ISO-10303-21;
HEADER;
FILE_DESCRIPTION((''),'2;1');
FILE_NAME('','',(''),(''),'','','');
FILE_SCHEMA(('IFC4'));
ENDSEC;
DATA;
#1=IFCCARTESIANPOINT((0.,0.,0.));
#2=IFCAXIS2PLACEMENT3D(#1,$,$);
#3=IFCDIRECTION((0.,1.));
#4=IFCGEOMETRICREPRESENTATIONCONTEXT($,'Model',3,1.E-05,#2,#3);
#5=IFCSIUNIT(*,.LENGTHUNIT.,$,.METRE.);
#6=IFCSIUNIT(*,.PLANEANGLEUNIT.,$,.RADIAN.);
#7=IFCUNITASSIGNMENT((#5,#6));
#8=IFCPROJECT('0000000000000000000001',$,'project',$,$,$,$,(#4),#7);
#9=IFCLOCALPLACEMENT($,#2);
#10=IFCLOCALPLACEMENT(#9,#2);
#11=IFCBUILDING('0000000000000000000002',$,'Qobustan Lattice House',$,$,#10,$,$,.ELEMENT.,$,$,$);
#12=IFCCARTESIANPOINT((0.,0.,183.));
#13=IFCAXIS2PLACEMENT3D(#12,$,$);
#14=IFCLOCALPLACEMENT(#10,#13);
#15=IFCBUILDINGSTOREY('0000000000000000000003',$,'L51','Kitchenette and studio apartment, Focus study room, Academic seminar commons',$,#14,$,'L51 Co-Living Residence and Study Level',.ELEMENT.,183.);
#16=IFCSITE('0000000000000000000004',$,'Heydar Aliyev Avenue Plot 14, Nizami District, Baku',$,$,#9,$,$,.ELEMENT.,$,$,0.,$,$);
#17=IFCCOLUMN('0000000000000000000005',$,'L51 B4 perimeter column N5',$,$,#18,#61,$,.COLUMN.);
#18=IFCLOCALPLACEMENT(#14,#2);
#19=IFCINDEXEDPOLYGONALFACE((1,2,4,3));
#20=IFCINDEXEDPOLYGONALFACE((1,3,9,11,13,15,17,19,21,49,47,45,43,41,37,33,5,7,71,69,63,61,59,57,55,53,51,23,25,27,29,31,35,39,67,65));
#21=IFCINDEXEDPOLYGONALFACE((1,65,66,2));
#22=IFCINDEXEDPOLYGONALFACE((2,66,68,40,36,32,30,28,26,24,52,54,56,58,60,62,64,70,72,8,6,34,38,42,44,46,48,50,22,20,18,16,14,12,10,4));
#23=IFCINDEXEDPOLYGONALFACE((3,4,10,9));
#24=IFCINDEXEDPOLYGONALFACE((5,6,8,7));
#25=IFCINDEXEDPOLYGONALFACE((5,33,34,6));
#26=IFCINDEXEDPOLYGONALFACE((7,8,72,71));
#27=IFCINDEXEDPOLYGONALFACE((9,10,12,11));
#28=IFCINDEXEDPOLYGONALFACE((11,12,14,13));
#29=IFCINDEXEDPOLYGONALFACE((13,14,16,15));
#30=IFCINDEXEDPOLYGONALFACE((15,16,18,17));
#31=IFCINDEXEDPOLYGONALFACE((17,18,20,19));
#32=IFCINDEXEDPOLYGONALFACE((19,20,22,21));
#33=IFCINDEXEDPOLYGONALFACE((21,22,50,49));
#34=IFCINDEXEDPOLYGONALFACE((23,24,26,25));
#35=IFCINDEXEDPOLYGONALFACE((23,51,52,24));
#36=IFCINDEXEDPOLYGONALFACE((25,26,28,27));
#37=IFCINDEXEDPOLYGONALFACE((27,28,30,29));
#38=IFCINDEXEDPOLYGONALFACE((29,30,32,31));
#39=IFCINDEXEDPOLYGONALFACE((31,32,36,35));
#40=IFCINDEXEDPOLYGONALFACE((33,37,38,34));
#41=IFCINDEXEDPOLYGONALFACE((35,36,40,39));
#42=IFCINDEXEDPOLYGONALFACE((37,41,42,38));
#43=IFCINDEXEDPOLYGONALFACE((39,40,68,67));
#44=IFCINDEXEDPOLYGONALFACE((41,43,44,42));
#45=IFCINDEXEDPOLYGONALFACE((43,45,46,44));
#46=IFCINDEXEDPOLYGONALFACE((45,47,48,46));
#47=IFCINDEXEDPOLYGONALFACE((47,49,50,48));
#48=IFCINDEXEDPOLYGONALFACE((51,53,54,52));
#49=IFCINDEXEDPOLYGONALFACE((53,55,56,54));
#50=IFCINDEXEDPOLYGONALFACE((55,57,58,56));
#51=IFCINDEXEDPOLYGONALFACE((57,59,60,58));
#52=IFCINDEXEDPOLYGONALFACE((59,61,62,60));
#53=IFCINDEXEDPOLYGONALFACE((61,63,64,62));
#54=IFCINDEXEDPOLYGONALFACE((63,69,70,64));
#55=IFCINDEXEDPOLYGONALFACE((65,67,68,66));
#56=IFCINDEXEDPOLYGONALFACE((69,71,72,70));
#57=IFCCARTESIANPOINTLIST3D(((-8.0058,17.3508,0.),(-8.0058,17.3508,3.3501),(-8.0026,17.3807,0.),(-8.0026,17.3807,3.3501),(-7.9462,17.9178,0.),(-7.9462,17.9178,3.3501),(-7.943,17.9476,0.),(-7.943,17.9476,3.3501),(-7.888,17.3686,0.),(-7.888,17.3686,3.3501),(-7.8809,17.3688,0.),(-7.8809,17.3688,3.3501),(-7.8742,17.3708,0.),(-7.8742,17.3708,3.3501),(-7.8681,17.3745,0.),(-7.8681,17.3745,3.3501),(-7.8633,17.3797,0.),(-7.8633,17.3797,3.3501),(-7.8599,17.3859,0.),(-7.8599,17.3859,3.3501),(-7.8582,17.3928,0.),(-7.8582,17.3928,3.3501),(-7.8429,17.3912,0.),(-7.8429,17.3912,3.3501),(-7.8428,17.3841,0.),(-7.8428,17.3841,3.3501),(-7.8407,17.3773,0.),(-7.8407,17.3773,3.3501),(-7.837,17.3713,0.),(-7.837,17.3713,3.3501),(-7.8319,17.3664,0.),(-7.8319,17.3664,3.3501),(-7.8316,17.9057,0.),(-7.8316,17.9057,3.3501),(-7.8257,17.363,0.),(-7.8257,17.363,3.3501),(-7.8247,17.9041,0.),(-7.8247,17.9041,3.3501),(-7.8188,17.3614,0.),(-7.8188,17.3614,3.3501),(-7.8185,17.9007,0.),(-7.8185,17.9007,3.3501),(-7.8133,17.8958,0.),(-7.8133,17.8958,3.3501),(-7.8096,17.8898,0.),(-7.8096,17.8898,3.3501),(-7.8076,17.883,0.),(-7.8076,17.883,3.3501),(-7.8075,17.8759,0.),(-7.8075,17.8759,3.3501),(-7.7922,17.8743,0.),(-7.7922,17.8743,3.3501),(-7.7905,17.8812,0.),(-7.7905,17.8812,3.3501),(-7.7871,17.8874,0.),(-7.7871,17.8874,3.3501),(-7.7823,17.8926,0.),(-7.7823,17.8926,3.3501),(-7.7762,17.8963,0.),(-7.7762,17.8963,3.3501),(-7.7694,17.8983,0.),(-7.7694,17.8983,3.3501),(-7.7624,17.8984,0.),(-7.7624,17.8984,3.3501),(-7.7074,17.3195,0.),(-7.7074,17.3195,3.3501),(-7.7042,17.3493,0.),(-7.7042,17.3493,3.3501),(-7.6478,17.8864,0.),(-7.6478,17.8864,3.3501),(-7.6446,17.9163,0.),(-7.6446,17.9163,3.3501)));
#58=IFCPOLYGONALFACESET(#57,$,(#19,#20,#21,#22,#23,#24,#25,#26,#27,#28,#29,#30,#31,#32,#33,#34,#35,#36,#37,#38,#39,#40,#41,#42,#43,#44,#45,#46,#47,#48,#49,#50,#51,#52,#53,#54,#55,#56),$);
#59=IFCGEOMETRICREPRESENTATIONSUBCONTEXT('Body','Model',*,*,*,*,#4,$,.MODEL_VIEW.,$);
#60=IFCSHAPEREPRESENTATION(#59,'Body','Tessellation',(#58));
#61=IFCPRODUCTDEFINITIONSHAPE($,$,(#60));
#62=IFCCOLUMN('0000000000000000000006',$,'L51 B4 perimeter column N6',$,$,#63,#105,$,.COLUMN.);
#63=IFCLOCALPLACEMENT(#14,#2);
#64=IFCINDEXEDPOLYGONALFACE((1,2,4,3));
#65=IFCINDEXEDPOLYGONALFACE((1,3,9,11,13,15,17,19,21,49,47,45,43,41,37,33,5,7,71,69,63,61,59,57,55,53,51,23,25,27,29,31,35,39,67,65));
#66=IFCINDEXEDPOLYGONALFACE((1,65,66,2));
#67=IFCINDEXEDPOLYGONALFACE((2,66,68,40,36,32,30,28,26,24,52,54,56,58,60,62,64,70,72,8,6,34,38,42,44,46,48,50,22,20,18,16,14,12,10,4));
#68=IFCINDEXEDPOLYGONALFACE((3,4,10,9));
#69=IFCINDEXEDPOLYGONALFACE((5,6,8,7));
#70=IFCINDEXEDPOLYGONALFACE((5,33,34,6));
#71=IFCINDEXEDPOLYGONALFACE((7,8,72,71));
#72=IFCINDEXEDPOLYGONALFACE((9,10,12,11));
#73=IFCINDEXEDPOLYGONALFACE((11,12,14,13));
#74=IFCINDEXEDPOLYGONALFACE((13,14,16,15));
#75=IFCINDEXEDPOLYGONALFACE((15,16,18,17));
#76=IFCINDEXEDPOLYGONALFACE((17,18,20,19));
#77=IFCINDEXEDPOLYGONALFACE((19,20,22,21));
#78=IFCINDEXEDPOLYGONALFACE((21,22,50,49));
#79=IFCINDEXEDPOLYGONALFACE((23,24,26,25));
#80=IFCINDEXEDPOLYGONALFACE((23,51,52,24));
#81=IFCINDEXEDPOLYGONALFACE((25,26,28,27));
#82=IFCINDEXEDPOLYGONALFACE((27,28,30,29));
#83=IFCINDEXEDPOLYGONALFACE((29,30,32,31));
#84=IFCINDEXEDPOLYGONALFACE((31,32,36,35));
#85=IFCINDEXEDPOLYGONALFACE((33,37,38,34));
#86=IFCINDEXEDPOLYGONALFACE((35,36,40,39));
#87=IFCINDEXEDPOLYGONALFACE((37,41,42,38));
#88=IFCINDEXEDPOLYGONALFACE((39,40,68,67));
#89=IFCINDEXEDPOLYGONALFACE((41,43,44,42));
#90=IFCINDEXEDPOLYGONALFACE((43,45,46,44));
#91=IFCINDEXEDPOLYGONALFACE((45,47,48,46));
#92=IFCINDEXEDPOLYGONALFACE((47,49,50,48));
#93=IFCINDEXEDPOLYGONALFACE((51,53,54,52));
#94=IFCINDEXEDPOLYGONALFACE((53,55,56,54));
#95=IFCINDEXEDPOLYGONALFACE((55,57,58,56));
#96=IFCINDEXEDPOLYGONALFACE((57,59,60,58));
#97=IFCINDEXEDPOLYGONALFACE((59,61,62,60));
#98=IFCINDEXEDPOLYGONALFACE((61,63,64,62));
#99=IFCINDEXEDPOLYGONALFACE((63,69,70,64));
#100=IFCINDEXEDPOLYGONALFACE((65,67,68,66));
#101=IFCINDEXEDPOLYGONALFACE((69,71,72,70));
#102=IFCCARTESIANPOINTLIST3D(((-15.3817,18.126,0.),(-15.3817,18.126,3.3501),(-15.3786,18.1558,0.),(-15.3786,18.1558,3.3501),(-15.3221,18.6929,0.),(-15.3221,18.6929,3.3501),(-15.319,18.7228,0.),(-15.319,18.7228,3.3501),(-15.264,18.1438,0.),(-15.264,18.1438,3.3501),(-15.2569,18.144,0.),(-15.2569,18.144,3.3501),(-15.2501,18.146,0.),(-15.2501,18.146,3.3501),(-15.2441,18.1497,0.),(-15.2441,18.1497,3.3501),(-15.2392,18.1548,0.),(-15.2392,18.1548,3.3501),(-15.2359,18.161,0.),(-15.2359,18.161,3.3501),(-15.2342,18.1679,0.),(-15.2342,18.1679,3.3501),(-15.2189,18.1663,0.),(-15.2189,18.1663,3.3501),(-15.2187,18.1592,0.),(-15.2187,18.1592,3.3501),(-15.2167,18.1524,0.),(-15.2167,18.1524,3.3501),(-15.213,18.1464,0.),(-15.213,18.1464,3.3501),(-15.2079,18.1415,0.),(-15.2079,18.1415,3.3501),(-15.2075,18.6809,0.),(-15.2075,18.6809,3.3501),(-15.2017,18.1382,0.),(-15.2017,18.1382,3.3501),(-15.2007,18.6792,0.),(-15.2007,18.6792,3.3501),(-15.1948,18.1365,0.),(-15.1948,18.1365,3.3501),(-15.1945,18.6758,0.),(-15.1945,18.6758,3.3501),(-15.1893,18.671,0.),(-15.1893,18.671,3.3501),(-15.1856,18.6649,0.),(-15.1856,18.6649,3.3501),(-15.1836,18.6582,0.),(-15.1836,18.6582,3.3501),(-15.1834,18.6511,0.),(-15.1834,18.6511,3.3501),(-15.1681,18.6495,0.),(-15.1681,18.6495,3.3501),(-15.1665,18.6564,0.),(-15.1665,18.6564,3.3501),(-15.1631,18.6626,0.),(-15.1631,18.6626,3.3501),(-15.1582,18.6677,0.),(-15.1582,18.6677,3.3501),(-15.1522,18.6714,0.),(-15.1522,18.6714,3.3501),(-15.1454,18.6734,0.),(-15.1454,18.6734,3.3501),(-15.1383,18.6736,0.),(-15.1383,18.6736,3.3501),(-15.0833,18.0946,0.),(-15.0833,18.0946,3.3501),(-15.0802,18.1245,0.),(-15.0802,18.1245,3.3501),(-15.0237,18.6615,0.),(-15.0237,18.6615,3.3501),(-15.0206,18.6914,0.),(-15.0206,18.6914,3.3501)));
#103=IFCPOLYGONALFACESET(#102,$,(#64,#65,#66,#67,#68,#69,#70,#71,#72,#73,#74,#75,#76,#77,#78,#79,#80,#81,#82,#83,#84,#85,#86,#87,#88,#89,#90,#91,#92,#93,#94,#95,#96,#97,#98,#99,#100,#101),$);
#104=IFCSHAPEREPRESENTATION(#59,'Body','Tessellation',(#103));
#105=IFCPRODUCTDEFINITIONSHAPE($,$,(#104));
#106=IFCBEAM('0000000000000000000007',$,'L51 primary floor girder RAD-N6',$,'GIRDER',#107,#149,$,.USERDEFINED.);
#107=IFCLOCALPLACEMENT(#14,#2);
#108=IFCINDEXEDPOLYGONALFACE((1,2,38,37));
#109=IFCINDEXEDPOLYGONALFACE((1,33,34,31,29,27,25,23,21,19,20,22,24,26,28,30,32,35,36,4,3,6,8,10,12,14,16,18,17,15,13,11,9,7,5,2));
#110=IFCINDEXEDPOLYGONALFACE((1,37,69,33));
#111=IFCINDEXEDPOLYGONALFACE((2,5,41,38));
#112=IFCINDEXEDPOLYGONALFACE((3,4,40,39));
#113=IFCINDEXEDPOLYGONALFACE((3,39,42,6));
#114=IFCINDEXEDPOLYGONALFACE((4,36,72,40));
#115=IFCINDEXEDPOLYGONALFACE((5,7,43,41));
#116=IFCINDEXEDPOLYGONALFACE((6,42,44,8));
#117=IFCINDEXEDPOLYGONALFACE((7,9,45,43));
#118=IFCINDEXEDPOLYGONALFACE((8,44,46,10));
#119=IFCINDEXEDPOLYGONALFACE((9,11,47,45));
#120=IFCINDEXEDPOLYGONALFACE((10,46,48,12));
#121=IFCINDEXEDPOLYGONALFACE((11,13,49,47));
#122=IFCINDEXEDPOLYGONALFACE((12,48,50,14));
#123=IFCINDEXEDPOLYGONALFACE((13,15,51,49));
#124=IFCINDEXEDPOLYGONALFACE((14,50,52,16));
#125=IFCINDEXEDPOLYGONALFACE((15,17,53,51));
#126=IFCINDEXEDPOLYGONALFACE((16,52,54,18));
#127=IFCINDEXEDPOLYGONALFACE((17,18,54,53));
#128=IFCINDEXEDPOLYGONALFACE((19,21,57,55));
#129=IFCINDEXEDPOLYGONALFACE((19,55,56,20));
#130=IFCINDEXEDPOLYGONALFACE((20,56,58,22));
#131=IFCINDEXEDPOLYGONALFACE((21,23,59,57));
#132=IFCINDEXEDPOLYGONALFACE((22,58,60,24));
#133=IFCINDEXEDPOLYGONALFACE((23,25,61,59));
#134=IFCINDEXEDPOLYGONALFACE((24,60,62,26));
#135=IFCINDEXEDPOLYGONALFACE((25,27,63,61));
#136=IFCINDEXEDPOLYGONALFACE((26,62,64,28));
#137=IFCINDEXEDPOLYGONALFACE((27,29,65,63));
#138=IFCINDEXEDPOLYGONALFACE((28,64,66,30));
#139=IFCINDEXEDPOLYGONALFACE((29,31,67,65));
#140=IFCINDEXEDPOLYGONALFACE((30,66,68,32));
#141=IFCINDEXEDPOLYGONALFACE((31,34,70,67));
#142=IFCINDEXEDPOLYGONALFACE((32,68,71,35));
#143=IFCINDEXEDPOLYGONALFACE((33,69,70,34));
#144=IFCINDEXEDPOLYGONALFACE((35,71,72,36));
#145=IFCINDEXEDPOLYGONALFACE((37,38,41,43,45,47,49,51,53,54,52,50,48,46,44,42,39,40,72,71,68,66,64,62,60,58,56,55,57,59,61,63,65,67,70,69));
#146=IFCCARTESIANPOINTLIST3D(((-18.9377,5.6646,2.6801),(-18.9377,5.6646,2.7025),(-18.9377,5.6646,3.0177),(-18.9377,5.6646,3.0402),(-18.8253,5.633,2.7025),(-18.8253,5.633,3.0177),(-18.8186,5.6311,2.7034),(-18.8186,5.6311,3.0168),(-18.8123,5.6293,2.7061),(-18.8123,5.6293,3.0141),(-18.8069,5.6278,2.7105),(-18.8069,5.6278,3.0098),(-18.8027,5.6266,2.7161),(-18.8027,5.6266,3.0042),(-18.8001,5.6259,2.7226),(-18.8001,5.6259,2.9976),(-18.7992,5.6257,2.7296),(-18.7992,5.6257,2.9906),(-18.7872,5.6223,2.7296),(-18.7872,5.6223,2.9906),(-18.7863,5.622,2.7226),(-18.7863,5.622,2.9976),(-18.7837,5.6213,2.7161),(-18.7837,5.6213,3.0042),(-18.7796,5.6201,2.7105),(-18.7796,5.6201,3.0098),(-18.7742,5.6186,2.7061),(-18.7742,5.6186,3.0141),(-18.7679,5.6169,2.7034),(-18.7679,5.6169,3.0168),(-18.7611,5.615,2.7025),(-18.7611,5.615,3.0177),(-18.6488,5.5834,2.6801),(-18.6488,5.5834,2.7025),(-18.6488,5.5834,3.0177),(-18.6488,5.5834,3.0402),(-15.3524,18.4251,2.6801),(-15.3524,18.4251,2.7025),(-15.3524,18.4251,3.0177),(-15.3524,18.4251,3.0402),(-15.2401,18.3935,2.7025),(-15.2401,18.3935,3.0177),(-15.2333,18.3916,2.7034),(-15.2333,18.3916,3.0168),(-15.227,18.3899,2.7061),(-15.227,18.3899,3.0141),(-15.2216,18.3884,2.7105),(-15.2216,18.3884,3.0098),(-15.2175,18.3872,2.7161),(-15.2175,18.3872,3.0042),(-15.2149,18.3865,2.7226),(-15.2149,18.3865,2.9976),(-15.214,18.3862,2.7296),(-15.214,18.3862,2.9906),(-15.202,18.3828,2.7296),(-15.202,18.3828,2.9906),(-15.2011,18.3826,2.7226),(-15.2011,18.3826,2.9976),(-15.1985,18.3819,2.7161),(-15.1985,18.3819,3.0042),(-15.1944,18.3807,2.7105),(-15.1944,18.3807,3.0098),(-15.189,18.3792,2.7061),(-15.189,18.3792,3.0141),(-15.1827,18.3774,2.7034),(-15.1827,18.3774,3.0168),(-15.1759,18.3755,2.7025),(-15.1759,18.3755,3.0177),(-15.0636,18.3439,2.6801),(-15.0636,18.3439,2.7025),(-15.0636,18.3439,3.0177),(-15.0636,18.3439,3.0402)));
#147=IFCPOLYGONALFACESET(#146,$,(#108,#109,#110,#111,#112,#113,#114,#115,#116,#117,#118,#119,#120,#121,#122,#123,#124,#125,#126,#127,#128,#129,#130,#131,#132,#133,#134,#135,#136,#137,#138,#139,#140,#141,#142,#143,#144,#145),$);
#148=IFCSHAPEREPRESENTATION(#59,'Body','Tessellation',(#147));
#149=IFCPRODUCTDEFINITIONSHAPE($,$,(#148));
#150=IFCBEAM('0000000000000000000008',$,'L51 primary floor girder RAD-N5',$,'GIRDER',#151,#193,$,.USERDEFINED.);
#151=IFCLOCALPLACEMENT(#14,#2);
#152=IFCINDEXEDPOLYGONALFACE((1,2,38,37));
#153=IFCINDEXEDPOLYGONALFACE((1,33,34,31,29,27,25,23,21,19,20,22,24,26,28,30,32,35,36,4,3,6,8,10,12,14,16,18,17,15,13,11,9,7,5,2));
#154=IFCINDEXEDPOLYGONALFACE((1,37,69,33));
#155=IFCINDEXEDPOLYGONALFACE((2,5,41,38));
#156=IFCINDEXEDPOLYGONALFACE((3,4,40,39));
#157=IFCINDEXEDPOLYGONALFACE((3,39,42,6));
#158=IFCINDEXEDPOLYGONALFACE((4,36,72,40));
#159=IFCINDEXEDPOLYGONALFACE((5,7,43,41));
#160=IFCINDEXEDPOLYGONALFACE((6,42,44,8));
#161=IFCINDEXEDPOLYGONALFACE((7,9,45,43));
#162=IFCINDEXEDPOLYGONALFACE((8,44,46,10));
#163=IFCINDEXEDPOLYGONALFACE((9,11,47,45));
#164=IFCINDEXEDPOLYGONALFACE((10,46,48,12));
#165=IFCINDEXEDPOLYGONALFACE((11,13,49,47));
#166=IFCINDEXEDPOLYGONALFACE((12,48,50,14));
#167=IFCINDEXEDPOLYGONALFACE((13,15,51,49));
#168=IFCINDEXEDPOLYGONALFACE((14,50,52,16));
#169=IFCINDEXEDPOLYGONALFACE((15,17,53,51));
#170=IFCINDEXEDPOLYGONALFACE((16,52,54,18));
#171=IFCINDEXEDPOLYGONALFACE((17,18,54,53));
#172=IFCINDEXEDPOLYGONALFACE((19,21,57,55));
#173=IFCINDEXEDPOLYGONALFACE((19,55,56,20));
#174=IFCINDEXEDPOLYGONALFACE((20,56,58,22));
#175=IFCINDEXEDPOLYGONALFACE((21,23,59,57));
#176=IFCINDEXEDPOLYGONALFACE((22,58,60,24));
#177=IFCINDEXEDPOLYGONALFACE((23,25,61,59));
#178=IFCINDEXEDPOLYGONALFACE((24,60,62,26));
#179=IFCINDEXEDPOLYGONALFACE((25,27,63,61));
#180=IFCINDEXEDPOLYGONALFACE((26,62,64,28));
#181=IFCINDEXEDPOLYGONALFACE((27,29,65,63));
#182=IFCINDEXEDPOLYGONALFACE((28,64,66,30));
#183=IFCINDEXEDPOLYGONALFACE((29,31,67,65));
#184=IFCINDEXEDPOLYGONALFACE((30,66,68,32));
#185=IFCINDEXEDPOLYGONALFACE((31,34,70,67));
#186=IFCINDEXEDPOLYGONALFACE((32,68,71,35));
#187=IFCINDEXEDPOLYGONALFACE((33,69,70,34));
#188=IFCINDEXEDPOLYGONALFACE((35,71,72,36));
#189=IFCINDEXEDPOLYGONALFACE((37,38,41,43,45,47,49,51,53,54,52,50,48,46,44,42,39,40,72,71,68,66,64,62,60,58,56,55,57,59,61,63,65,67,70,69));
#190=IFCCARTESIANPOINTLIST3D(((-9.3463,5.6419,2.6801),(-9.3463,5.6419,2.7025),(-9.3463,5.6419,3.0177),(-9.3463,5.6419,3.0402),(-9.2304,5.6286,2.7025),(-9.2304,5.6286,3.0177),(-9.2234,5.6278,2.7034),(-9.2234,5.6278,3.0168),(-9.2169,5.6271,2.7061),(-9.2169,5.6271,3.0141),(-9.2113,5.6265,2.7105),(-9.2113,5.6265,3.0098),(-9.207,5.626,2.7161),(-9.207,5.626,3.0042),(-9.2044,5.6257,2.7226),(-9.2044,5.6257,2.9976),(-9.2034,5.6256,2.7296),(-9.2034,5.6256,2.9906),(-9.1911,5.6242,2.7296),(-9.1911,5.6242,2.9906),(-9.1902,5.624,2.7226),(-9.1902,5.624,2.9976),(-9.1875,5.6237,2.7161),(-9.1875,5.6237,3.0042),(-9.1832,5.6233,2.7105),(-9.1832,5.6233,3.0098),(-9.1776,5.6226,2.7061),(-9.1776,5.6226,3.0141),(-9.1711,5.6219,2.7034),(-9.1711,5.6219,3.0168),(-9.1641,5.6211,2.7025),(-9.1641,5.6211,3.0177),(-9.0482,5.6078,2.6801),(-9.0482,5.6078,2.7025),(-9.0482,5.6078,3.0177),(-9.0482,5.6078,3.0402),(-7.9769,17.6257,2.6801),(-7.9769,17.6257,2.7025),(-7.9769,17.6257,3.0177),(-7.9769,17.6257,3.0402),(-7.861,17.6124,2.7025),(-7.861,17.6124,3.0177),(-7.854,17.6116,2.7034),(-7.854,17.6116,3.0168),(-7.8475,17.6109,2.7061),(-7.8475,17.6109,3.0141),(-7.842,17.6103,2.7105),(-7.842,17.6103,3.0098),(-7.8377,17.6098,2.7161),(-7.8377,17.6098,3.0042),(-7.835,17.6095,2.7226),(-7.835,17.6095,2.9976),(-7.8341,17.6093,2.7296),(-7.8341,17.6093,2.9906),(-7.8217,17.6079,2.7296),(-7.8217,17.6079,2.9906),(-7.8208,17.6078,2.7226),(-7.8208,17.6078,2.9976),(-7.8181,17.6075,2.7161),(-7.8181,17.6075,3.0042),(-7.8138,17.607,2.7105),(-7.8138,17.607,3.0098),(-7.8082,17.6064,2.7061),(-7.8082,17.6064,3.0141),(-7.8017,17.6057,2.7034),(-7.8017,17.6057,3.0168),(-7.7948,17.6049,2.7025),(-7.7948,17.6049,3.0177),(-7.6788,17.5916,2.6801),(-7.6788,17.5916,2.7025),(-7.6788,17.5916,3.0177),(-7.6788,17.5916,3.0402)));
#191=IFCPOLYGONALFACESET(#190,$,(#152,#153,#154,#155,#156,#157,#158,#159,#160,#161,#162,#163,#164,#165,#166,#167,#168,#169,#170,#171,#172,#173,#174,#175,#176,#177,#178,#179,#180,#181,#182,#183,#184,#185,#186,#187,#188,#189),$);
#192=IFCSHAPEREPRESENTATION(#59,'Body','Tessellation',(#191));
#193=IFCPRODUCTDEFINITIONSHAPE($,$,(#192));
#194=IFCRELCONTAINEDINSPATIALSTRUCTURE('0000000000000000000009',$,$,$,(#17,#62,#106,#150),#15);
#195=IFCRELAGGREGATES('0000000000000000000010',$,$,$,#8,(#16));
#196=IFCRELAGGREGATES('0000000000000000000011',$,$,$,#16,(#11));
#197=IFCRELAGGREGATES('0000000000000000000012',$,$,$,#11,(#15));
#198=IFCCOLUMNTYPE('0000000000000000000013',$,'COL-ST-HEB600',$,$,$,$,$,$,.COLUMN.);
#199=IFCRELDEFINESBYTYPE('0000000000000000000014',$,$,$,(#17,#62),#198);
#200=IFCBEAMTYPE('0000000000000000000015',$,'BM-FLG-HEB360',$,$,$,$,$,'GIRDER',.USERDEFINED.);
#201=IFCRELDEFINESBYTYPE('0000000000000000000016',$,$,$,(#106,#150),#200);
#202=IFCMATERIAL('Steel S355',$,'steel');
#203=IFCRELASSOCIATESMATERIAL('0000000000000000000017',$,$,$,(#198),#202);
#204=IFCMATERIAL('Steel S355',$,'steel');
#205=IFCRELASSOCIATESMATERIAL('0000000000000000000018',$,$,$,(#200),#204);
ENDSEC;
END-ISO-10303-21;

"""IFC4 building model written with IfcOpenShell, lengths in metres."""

from ifc_helpers import new_model, si_unit, direction, frame, origin, origin_2d, place, context, subcontext, project, spatial, i_section, extrude, material, material_profile, profile_set, type_object, element, save


model = new_model("IFC4")

# Units and contexts
model_context = context("Model", 3, precision=1e-05, world=origin(), true_north=direction((0.0, 1.0)))
body_context = subcontext(model_context, "Body", "Model", "MODEL_VIEW")
ifc_project = project(units=[si_unit("LENGTHUNIT", "METRE"), si_unit("PLANEANGLEUNIT", "RADIAN")], contexts=[model_context])

# Site, building, storey
site_placement = place(None, origin())
site = spatial("IfcSite", under=ifc_project, at=site_placement, Name="Heydar Aliyev Avenue Plot 14, Nizami District, Baku", CompositionType="ELEMENT", RefElevation=0.0)
building_placement = place(site_placement, origin())
building = spatial("IfcBuilding", under=site, at=building_placement, Name="Qobustan Lattice House", CompositionType="ELEMENT")
storey_placement = place(building_placement, frame((0.0, 0.0, 183.0)))
storey = spatial("IfcBuildingStorey", under=building, at=storey_placement, Name="L51", Description="Kitchenette and studio apartment, Focus study room, Academic seminar commons", LongName="L51 Co-Living Residence and Study Level", CompositionType="ELEMENT", Elevation=183.0)

# Columns
ifc_material_1 = material(Name="Steel S355", Category="steel")
ifc_material_profile_1 = material_profile(ifc_material_1, i_section(OverallWidth=0.3, OverallDepth=0.6001, WebThickness=0.0154, FlangeThickness=0.03, FilletRadius=0.0271, at=origin_2d()), Name="HEB600")
ifc_profile_set_1 = profile_set([ifc_material_profile_1], Name="Steel S355")
column_type = type_object("IfcColumnType", Name="COL-ST-HEB600", PredefinedType="COLUMN", material=ifc_profile_set_1)
for number, where, z_axis, x_axis, name in (
    (1, (-7.8252, 17.6335, 0.0), (0.0, 0.0, 1.0), (0.994522, -0.104528, 0.0), "L51 B4 perimeter column N5"),
    (2, (-15.2012, 18.4087, 0.0), (0.0, 0.0, 1.0), (0.994522, -0.104528, 0.0), "L51 B4 perimeter column N6"),
):
    element("IfcColumn", number, at=place(storey_placement, frame(where, z_axis=z_axis, x_axis=x_axis)), inside=storey, type_object=column_type, Name=name, PredefinedType="COLUMN", context=body_context, shape_type="SweptSolid", body=[
        extrude(i_section(OverallWidth=0.3, OverallDepth=0.6001, WebThickness=0.0154, FlangeThickness=0.03, FilletRadius=0.0271, at=origin_2d()), origin(), (0.0, 0.0, 1.0), 3.3501),
    ])

# Beams
ifc_material_2 = material(Name="Steel S355", Category="steel")
ifc_material_profile_2 = material_profile(ifc_material_2, i_section(OverallWidth=0.3, OverallDepth=0.3601, WebThickness=0.0125, FlangeThickness=0.0225, FilletRadius=0.0271, at=origin_2d()), Name="HEB360")
ifc_profile_set_2 = profile_set([ifc_material_profile_2], Name="Steel S355")
beam_type_1 = type_object("IfcBeamType", Name="BM-FLG-HEB360", ElementType="GIRDER", PredefinedType="USERDEFINED", material=ifc_profile_set_2)
beam_1_placement = place(storey_placement, frame((-15.208, 18.3845, 2.8601), z_axis=(-0.270488, -0.962723, 0.0), x_axis=(0.962723, -0.270488, 0.0)))
element("IfcBeam", 3, at=beam_1_placement, inside=storey, type_object=beam_type_1, Name="L51 primary floor girder RAD-N6", ObjectType="GIRDER", PredefinedType="USERDEFINED", context=body_context, shape_type="SweptSolid", body=[
    extrude(i_section(OverallWidth=0.3, OverallDepth=0.3601, WebThickness=0.0125, FlangeThickness=0.0225, FilletRadius=0.0271, at=origin_2d()), origin(), (0.0, 0.0, 1.0), 13.2546),
])
beam_2_placement = place(storey_placement, frame((-7.8279, 17.6086, 2.8601), z_axis=(-0.11353, -0.993535, 0.0), x_axis=(0.993535, -0.11353, 0.0)))
element("IfcBeam", 4, at=beam_2_placement, inside=storey, type_object=beam_type_1, Name="L51 primary floor girder RAD-N5", ObjectType="GIRDER", PredefinedType="USERDEFINED", context=body_context, shape_type="SweptSolid", body=[
    extrude(i_section(OverallWidth=0.3, OverallDepth=0.3601, WebThickness=0.0125, FlangeThickness=0.0225, FilletRadius=0.0271, at=origin_2d()), origin(), (0.0, 0.0, 1.0), 12.0618),
])

save(model, "model.ifc")
